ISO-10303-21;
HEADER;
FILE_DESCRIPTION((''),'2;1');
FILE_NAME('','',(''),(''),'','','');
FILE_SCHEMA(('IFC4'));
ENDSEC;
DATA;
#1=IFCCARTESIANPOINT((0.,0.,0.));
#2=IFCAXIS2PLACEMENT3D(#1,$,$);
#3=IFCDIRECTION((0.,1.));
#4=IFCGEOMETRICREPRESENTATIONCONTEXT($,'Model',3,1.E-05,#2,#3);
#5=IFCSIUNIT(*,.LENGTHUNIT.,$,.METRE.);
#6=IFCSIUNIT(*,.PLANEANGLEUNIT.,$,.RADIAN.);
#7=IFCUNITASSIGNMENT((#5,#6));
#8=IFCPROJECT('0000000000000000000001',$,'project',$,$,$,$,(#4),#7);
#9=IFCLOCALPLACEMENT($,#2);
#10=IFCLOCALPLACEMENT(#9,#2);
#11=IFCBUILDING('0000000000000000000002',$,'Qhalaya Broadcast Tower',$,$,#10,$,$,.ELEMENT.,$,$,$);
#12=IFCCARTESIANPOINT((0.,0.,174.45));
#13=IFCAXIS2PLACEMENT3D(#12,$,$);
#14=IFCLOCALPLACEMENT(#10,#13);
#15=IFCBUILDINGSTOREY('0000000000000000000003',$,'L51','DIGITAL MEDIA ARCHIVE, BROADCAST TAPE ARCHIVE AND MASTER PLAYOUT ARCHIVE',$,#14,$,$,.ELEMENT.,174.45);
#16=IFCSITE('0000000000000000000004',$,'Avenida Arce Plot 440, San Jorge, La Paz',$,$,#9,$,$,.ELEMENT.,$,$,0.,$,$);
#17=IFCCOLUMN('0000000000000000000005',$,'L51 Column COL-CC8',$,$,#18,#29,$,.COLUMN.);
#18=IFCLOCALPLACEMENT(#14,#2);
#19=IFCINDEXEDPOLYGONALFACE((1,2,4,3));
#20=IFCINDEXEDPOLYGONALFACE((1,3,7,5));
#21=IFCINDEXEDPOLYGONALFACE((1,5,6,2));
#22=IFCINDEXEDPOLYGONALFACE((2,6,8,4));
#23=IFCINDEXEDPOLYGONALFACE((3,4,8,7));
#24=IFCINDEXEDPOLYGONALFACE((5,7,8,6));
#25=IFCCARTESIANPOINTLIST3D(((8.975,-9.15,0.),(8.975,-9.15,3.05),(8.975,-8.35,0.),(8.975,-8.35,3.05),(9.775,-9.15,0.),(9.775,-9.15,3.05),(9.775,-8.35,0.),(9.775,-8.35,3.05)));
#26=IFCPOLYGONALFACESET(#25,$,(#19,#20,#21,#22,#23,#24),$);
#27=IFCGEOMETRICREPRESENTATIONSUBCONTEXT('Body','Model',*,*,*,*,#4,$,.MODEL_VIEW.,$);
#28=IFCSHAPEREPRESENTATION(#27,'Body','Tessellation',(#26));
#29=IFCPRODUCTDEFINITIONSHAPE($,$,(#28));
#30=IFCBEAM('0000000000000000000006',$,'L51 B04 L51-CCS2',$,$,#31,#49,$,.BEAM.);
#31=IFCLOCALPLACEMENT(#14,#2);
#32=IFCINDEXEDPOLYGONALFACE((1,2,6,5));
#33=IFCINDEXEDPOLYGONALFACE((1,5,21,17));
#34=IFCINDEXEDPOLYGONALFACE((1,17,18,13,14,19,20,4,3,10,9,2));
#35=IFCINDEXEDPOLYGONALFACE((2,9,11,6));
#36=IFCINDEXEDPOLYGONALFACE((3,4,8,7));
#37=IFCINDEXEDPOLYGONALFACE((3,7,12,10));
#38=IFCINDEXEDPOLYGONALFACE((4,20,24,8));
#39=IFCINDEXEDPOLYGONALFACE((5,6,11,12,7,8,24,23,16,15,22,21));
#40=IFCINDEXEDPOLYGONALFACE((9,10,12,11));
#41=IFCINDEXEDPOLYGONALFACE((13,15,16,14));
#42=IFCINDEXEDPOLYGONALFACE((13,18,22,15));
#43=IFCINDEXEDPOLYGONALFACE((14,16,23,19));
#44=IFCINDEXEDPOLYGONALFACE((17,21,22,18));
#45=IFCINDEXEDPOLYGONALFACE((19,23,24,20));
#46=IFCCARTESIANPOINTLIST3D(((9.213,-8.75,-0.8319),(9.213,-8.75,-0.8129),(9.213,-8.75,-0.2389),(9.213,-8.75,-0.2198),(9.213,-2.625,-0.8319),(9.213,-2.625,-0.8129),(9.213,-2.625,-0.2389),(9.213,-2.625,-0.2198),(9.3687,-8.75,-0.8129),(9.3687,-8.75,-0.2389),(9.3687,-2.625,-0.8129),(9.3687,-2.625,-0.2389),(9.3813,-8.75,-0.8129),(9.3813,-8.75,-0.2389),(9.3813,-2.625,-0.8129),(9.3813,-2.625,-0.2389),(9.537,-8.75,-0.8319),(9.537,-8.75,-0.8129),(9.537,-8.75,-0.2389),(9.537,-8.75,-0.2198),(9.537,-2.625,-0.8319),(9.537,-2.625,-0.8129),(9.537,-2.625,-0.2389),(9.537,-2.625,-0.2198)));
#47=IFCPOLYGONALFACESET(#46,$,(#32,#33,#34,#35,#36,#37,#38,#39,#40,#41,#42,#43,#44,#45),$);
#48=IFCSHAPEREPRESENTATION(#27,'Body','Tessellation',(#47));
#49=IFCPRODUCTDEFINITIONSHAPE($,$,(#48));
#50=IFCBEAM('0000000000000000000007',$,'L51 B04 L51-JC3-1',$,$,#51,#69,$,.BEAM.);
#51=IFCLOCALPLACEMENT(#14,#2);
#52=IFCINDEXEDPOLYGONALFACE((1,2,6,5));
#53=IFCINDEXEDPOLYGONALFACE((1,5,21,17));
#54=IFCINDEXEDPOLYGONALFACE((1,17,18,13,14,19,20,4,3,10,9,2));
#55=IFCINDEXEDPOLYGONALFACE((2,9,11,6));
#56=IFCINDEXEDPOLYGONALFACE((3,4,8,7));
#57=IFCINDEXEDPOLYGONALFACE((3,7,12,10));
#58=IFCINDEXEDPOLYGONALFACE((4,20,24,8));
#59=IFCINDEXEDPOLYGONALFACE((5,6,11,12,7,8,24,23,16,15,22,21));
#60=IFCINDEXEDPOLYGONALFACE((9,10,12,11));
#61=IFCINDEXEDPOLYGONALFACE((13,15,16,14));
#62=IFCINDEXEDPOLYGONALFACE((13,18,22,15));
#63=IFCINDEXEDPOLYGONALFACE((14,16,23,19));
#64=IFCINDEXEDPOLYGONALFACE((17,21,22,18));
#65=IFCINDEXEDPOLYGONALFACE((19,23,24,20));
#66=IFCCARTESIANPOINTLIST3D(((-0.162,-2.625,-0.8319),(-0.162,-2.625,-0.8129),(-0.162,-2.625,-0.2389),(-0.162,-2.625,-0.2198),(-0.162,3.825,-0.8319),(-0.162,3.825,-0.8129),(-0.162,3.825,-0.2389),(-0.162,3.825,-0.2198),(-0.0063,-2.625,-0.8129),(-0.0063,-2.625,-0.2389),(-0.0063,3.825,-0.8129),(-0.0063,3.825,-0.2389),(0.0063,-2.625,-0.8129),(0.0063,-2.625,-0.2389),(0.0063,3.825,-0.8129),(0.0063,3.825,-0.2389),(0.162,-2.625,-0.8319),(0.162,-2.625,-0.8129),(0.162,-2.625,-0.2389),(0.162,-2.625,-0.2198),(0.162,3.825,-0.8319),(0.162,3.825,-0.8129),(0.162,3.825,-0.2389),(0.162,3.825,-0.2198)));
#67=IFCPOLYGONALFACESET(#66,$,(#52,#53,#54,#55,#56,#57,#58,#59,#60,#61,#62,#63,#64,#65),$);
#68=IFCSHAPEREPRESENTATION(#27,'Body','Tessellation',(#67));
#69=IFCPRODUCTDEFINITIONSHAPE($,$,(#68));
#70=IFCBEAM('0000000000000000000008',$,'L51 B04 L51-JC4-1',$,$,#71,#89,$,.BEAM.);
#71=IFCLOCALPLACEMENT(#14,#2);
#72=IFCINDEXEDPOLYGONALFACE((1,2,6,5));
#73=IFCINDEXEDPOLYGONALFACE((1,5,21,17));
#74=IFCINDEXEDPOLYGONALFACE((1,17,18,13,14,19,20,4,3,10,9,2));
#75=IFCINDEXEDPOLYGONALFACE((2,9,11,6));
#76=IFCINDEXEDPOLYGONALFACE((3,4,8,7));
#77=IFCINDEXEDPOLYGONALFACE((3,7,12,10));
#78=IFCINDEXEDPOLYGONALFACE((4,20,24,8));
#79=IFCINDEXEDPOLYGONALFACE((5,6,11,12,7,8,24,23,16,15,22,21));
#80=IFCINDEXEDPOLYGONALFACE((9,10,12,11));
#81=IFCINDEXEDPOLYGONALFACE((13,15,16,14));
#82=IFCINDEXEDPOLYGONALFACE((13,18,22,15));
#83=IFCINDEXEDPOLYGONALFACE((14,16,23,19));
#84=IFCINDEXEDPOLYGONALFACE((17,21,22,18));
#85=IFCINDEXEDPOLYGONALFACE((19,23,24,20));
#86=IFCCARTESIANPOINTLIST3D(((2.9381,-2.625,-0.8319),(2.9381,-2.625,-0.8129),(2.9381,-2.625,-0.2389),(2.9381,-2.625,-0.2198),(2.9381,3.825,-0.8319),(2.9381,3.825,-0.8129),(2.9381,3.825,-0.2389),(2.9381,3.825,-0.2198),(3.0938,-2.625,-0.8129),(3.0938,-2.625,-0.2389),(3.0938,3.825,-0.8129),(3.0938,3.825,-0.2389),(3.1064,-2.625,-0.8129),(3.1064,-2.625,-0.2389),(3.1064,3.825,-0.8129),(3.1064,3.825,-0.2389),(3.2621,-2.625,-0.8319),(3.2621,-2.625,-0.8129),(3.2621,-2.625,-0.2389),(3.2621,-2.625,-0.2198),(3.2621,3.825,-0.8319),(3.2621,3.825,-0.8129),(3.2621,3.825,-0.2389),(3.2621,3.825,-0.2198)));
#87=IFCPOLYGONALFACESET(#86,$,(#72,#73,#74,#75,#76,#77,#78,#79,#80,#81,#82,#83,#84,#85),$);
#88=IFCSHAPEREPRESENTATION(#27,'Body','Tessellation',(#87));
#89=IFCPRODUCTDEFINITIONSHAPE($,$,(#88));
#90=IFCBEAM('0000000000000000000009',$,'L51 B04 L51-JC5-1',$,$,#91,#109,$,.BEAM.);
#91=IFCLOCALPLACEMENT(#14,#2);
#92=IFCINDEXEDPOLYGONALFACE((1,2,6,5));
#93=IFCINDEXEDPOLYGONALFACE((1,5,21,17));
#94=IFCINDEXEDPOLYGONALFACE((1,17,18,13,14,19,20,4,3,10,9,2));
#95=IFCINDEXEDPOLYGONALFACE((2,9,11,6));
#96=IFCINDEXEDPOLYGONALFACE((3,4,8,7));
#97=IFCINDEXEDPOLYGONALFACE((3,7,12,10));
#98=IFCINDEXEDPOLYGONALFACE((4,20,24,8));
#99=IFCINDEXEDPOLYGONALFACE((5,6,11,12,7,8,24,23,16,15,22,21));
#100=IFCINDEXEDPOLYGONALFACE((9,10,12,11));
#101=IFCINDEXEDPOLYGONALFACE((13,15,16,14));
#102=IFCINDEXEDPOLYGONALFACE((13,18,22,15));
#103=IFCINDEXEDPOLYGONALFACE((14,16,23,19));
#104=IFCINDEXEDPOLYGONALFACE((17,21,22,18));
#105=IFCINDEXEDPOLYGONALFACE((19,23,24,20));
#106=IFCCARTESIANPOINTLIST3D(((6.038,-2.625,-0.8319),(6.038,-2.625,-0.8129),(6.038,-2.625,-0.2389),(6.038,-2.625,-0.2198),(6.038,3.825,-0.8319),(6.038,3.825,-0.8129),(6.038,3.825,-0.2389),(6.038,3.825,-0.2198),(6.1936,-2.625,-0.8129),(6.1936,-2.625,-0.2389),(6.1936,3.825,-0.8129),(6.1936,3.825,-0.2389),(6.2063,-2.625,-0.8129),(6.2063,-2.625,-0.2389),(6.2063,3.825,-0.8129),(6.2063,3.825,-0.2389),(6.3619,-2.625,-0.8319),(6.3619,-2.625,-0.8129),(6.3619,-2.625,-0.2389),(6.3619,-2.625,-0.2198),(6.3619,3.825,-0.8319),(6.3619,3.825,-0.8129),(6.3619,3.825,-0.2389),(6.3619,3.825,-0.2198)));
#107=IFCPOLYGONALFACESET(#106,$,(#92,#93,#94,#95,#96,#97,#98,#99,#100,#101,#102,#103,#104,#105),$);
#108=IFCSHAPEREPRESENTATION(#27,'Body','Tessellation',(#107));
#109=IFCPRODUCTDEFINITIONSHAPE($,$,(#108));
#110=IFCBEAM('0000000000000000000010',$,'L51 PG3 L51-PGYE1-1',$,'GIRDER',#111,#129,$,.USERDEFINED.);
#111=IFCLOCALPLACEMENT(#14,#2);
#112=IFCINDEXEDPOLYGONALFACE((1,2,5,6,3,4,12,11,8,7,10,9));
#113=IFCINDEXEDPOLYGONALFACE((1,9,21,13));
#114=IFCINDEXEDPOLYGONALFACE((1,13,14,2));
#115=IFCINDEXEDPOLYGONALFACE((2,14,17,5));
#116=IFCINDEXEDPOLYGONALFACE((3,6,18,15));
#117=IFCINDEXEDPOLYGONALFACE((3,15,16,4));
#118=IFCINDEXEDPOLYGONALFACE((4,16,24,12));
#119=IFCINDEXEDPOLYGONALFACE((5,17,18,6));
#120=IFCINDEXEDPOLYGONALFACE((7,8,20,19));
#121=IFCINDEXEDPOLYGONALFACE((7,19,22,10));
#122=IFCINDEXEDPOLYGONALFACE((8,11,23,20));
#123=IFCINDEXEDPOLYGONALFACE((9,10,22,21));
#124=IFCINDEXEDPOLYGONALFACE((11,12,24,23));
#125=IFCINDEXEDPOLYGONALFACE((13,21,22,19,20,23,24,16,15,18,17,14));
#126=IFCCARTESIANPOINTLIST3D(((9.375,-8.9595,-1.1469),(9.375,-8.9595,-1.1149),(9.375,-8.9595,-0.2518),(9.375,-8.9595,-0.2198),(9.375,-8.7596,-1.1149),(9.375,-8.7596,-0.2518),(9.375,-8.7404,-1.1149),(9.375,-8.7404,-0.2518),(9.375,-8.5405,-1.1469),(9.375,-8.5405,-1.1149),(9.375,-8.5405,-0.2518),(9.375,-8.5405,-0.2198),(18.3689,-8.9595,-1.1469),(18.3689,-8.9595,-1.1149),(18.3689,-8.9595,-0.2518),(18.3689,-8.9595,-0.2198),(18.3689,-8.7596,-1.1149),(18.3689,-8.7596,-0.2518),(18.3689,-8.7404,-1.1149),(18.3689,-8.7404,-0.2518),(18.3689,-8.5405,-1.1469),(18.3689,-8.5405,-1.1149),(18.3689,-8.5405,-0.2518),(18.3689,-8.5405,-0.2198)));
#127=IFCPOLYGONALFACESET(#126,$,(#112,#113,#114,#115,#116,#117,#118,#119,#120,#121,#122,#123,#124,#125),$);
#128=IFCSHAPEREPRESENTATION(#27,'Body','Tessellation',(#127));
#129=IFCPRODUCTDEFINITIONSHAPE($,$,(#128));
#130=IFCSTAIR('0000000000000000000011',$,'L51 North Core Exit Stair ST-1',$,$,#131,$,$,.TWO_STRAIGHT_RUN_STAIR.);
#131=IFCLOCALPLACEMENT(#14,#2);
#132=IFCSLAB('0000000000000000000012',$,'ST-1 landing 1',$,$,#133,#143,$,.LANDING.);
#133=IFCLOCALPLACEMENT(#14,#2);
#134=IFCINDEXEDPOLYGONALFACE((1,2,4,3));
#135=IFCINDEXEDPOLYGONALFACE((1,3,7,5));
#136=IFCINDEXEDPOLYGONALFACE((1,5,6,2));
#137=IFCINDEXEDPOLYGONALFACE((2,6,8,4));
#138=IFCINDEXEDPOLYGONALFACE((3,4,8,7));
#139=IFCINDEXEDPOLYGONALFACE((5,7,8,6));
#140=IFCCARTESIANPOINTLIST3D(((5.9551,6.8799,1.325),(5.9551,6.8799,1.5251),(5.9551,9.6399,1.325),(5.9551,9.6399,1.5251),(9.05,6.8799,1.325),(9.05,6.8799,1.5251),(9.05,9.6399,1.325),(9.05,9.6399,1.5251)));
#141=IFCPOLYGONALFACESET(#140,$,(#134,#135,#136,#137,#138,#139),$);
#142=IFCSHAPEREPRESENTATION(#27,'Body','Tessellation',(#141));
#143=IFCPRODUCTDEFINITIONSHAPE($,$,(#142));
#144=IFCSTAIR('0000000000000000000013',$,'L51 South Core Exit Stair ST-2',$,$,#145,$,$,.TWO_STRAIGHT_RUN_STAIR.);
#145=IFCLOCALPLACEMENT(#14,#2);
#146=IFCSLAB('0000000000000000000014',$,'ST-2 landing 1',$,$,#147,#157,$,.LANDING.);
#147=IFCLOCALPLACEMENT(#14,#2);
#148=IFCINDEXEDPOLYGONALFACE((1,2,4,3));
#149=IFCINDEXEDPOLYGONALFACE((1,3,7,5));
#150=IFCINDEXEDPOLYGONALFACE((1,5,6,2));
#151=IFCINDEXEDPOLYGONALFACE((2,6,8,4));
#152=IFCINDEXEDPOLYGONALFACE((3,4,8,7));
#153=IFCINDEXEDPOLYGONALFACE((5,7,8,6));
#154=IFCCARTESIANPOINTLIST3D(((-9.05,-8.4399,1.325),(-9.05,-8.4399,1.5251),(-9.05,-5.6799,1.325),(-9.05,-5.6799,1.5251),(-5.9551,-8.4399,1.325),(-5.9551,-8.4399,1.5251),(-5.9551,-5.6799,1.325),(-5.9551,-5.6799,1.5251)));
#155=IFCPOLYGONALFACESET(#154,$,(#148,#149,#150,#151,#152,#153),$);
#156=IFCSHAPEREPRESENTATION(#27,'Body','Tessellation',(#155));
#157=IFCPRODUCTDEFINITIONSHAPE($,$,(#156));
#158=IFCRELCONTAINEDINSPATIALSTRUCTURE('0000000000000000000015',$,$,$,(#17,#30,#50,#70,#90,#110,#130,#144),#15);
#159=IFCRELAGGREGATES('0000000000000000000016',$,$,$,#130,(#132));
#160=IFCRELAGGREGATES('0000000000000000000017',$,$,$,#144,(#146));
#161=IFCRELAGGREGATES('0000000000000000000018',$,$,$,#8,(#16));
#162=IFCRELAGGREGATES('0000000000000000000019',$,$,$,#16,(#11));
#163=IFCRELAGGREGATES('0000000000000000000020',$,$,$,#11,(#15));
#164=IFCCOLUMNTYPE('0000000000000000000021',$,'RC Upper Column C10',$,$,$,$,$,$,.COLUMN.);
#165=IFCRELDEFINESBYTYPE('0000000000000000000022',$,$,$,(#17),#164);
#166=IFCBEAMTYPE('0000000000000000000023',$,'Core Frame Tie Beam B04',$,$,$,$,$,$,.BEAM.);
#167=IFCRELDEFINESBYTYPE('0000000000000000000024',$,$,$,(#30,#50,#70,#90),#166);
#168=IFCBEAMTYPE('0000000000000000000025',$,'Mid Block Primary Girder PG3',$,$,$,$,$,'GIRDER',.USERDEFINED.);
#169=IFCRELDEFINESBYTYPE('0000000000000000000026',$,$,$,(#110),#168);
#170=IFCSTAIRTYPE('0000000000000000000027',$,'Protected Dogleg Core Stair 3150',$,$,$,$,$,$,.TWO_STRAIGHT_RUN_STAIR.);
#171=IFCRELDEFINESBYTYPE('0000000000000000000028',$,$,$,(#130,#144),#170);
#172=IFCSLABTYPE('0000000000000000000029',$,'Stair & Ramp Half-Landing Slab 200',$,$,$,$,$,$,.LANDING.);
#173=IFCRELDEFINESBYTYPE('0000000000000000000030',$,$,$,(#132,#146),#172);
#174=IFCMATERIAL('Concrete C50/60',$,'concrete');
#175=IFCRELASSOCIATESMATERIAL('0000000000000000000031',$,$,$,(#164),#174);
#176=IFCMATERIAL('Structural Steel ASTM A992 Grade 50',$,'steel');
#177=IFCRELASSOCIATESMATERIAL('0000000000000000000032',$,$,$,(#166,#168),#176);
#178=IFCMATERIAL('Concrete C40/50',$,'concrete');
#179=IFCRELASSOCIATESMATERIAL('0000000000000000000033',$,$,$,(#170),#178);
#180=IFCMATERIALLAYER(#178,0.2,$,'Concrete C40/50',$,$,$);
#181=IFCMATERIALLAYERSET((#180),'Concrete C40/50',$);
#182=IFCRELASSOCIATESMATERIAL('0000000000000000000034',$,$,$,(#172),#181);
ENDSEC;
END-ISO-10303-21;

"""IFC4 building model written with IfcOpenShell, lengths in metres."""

from ifc_helpers import new_model, si_unit, direction, frame, origin, origin_2d, place, context, subcontext, project, spatial, polyline, rectangle, i_section, outline, extrude, material, layer, layer_set, material_profile, profile_set, type_object, element, aggregate, save


model = new_model("IFC4")

# Units and contexts
model_context = context("Model", 3, precision=1e-05, world=origin(), true_north=direction((0.0, 1.0)))
body_context = subcontext(model_context, "Body", "Model", "MODEL_VIEW")
ifc_project = project(units=[si_unit("LENGTHUNIT", "METRE"), si_unit("PLANEANGLEUNIT", "RADIAN")], contexts=[model_context])

# Site, building, storey
site_placement = place(None, origin())
site = spatial("IfcSite", under=ifc_project, at=site_placement, Name="Avenida Arce Plot 440, San Jorge, La Paz", CompositionType="ELEMENT", RefElevation=0.0)
building_placement = place(site_placement, origin())
building = spatial("IfcBuilding", under=site, at=building_placement, Name="Qhalaya Broadcast Tower", CompositionType="ELEMENT")
storey_placement = place(building_placement, frame((0.0, 0.0, 174.45)))
storey = spatial("IfcBuildingStorey", under=building, at=storey_placement, Name="L51", Description="DIGITAL MEDIA ARCHIVE, BROADCAST TAPE ARCHIVE AND MASTER PLAYOUT ARCHIVE", CompositionType="ELEMENT", Elevation=174.45)

# Column
ifc_material_1 = material(Name="Concrete C50/60", Category="concrete")
ifc_material_profile_1 = material_profile(ifc_material_1, rectangle(XDim=0.8, YDim=0.8, at=origin_2d()), Name="RC-COL 800x800")
ifc_profile_set_1 = profile_set([ifc_material_profile_1], Name="Concrete C50/60")
column_type = type_object("IfcColumnType", Name="RC Upper Column C10", PredefinedType="COLUMN", material=ifc_profile_set_1)
column_placement = place(storey_placement, frame((9.375, -8.75, 0.0), z_axis=(0.0, 0.0, 1.0), x_axis=(1.0, 0.0, 0.0)))
element("IfcColumn", 1, at=column_placement, inside=storey, type_object=column_type, Name="L51 Column COL-CC8", PredefinedType="COLUMN", context=body_context, shape_type="SweptSolid", body=[
    extrude(rectangle(XDim=0.8, YDim=0.8, at=origin_2d()), origin(), (0.0, 0.0, 1.0), 3.05),
])

# Beams
ifc_material_2 = material(Name="Structural Steel ASTM A992 Grade 50", Category="steel")
ifc_material_profile_2 = material_profile(ifc_material_2, i_section(OverallWidth=0.324, OverallDepth=0.6121, WebThickness=0.0127, FlangeThickness=0.019, at=origin_2d()), Name="W24X104")
ifc_profile_set_2 = profile_set([ifc_material_profile_2], Name="Structural Steel ASTM A992 Grade 50")
beam_type_1 = type_object("IfcBeamType", Name="Core Frame Tie Beam B04", PredefinedType="BEAM", material=ifc_profile_set_2)
beam_1_placement = place(storey_placement, frame((9.375, -8.75, -0.5259), z_axis=(0.0, 1.0, 0.0), x_axis=(-1.0, 0.0, 0.0)))
element("IfcBeam", 2, at=beam_1_placement, inside=storey, type_object=beam_type_1, Name="L51 B04 L51-CCS2", PredefinedType="BEAM", context=body_context, shape_type="SweptSolid", body=[
    extrude(i_section(OverallWidth=0.324, OverallDepth=0.6121, WebThickness=0.0127, FlangeThickness=0.019, at=origin_2d()), origin(), (0.0, 0.0, 1.0), 6.125),
])
for number, where, z_axis, x_axis, name in (
    (3, (0.0, -2.625, -0.5259), (0.0, 1.0, 0.0), (-1.0, 0.0, 0.0), "L51 B04 L51-JC3-1"),
    (4, (3.1001, -2.625, -0.5259), (0.0, 1.0, 0.0), (-1.0, 0.0, 0.0), "L51 B04 L51-JC4-1"),
    (5, (6.2, -2.625, -0.5259), (0.0, 1.0, 0.0), (-1.0, 0.0, 0.0), "L51 B04 L51-JC5-1"),
):
    element("IfcBeam", number, at=place(storey_placement, frame(where, z_axis=z_axis, x_axis=x_axis)), inside=storey, type_object=beam_type_1, Name=name, PredefinedType="BEAM", context=body_context, shape_type="SweptSolid", body=[
        extrude(i_section(OverallWidth=0.324, OverallDepth=0.6121, WebThickness=0.0127, FlangeThickness=0.019, at=origin_2d()), origin(), (0.0, 0.0, 1.0), 6.45),
    ])
ifc_material_profile_3 = material_profile(ifc_material_2, i_section(OverallWidth=0.4189, OverallDepth=0.927, WebThickness=0.0193, FlangeThickness=0.032, at=origin_2d()), Name="W36X231")
ifc_profile_set_3 = profile_set([ifc_material_profile_3], Name="Structural Steel ASTM A992 Grade 50")
beam_type_2 = type_object("IfcBeamType", Name="Mid Block Primary Girder PG3", ElementType="GIRDER", PredefinedType="USERDEFINED", material=ifc_profile_set_3)
beam_2_placement = place(storey_placement, frame((9.375, -8.75, -0.6833), z_axis=(1.0, 0.0, 0.0), x_axis=(0.0, 1.0, 0.0)))
element("IfcBeam", 6, at=beam_2_placement, inside=storey, type_object=beam_type_2, Name="L51 PG3 L51-PGYE1-1", ObjectType="GIRDER", PredefinedType="USERDEFINED", context=body_context, shape_type="SweptSolid", body=[
    extrude(i_section(OverallWidth=0.4189, OverallDepth=0.927, WebThickness=0.0193, FlangeThickness=0.032, at=origin_2d()), origin(), (0.0, 0.0, 1.0), 8.9939),
])

# Stairs, slabs
ifc_material_3 = material(Name="Concrete C40/50", Category="concrete")
stair_type = type_object("IfcStairType", Name="Protected Dogleg Core Stair 3150", PredefinedType="TWO_STRAIGHT_RUN_STAIR", material=ifc_material_3)
stair_1_placement = place(storey_placement, origin())
stair_1 = element("IfcStair", 7, at=stair_1_placement, inside=storey, type_object=stair_type, Name="L51 North Core Exit Stair ST-1", PredefinedType="TWO_STRAIGHT_RUN_STAIR")
ifc_layer_1 = layer(ifc_material_3, 0.2, Name="Concrete C40/50")
ifc_layer_set_1 = layer_set([ifc_layer_1], Name="Concrete C40/50")
slab_type_1 = type_object("IfcSlabType", Name="Stair & Ramp Half-Landing Slab 200", PredefinedType="LANDING", material=ifc_layer_set_1)
slab_1_placement = place(storey_placement, frame((0.0, 0.0, 1.325)))
slab_1 = element("IfcSlab", 8, at=slab_1_placement, type_object=slab_type_1, Name="ST-1 landing 1", PredefinedType="LANDING", context=body_context, shape_type="SweptSolid", body=[
    extrude(outline(polyline([(5.9551, 6.8799), (9.05, 6.8799), (9.05, 9.6399), (5.9551, 9.6399), (5.9551, 6.8799)])), origin(), (0.0, 0.0, 1.0), 0.2002),
])
aggregate(stair_1, [slab_1])
stair_2_placement = place(storey_placement, origin())
stair_2 = element("IfcStair", 9, at=stair_2_placement, inside=storey, type_object=stair_type, Name="L51 South Core Exit Stair ST-2", PredefinedType="TWO_STRAIGHT_RUN_STAIR")
slab_2_placement = place(storey_placement, frame((0.0, 0.0, 1.325)))
slab_2 = element("IfcSlab", 10, at=slab_2_placement, type_object=slab_type_1, Name="ST-2 landing 1", PredefinedType="LANDING", context=body_context, shape_type="SweptSolid", body=[
    extrude(outline(polyline([(-5.9551, -5.6799), (-9.05, -5.6799), (-9.05, -8.4399), (-5.9551, -8.4399), (-5.9551, -5.6799)])), origin(), (0.0, 0.0, 1.0), 0.2002),
])
aggregate(stair_2, [slab_2])

save(model, "model.ifc")
